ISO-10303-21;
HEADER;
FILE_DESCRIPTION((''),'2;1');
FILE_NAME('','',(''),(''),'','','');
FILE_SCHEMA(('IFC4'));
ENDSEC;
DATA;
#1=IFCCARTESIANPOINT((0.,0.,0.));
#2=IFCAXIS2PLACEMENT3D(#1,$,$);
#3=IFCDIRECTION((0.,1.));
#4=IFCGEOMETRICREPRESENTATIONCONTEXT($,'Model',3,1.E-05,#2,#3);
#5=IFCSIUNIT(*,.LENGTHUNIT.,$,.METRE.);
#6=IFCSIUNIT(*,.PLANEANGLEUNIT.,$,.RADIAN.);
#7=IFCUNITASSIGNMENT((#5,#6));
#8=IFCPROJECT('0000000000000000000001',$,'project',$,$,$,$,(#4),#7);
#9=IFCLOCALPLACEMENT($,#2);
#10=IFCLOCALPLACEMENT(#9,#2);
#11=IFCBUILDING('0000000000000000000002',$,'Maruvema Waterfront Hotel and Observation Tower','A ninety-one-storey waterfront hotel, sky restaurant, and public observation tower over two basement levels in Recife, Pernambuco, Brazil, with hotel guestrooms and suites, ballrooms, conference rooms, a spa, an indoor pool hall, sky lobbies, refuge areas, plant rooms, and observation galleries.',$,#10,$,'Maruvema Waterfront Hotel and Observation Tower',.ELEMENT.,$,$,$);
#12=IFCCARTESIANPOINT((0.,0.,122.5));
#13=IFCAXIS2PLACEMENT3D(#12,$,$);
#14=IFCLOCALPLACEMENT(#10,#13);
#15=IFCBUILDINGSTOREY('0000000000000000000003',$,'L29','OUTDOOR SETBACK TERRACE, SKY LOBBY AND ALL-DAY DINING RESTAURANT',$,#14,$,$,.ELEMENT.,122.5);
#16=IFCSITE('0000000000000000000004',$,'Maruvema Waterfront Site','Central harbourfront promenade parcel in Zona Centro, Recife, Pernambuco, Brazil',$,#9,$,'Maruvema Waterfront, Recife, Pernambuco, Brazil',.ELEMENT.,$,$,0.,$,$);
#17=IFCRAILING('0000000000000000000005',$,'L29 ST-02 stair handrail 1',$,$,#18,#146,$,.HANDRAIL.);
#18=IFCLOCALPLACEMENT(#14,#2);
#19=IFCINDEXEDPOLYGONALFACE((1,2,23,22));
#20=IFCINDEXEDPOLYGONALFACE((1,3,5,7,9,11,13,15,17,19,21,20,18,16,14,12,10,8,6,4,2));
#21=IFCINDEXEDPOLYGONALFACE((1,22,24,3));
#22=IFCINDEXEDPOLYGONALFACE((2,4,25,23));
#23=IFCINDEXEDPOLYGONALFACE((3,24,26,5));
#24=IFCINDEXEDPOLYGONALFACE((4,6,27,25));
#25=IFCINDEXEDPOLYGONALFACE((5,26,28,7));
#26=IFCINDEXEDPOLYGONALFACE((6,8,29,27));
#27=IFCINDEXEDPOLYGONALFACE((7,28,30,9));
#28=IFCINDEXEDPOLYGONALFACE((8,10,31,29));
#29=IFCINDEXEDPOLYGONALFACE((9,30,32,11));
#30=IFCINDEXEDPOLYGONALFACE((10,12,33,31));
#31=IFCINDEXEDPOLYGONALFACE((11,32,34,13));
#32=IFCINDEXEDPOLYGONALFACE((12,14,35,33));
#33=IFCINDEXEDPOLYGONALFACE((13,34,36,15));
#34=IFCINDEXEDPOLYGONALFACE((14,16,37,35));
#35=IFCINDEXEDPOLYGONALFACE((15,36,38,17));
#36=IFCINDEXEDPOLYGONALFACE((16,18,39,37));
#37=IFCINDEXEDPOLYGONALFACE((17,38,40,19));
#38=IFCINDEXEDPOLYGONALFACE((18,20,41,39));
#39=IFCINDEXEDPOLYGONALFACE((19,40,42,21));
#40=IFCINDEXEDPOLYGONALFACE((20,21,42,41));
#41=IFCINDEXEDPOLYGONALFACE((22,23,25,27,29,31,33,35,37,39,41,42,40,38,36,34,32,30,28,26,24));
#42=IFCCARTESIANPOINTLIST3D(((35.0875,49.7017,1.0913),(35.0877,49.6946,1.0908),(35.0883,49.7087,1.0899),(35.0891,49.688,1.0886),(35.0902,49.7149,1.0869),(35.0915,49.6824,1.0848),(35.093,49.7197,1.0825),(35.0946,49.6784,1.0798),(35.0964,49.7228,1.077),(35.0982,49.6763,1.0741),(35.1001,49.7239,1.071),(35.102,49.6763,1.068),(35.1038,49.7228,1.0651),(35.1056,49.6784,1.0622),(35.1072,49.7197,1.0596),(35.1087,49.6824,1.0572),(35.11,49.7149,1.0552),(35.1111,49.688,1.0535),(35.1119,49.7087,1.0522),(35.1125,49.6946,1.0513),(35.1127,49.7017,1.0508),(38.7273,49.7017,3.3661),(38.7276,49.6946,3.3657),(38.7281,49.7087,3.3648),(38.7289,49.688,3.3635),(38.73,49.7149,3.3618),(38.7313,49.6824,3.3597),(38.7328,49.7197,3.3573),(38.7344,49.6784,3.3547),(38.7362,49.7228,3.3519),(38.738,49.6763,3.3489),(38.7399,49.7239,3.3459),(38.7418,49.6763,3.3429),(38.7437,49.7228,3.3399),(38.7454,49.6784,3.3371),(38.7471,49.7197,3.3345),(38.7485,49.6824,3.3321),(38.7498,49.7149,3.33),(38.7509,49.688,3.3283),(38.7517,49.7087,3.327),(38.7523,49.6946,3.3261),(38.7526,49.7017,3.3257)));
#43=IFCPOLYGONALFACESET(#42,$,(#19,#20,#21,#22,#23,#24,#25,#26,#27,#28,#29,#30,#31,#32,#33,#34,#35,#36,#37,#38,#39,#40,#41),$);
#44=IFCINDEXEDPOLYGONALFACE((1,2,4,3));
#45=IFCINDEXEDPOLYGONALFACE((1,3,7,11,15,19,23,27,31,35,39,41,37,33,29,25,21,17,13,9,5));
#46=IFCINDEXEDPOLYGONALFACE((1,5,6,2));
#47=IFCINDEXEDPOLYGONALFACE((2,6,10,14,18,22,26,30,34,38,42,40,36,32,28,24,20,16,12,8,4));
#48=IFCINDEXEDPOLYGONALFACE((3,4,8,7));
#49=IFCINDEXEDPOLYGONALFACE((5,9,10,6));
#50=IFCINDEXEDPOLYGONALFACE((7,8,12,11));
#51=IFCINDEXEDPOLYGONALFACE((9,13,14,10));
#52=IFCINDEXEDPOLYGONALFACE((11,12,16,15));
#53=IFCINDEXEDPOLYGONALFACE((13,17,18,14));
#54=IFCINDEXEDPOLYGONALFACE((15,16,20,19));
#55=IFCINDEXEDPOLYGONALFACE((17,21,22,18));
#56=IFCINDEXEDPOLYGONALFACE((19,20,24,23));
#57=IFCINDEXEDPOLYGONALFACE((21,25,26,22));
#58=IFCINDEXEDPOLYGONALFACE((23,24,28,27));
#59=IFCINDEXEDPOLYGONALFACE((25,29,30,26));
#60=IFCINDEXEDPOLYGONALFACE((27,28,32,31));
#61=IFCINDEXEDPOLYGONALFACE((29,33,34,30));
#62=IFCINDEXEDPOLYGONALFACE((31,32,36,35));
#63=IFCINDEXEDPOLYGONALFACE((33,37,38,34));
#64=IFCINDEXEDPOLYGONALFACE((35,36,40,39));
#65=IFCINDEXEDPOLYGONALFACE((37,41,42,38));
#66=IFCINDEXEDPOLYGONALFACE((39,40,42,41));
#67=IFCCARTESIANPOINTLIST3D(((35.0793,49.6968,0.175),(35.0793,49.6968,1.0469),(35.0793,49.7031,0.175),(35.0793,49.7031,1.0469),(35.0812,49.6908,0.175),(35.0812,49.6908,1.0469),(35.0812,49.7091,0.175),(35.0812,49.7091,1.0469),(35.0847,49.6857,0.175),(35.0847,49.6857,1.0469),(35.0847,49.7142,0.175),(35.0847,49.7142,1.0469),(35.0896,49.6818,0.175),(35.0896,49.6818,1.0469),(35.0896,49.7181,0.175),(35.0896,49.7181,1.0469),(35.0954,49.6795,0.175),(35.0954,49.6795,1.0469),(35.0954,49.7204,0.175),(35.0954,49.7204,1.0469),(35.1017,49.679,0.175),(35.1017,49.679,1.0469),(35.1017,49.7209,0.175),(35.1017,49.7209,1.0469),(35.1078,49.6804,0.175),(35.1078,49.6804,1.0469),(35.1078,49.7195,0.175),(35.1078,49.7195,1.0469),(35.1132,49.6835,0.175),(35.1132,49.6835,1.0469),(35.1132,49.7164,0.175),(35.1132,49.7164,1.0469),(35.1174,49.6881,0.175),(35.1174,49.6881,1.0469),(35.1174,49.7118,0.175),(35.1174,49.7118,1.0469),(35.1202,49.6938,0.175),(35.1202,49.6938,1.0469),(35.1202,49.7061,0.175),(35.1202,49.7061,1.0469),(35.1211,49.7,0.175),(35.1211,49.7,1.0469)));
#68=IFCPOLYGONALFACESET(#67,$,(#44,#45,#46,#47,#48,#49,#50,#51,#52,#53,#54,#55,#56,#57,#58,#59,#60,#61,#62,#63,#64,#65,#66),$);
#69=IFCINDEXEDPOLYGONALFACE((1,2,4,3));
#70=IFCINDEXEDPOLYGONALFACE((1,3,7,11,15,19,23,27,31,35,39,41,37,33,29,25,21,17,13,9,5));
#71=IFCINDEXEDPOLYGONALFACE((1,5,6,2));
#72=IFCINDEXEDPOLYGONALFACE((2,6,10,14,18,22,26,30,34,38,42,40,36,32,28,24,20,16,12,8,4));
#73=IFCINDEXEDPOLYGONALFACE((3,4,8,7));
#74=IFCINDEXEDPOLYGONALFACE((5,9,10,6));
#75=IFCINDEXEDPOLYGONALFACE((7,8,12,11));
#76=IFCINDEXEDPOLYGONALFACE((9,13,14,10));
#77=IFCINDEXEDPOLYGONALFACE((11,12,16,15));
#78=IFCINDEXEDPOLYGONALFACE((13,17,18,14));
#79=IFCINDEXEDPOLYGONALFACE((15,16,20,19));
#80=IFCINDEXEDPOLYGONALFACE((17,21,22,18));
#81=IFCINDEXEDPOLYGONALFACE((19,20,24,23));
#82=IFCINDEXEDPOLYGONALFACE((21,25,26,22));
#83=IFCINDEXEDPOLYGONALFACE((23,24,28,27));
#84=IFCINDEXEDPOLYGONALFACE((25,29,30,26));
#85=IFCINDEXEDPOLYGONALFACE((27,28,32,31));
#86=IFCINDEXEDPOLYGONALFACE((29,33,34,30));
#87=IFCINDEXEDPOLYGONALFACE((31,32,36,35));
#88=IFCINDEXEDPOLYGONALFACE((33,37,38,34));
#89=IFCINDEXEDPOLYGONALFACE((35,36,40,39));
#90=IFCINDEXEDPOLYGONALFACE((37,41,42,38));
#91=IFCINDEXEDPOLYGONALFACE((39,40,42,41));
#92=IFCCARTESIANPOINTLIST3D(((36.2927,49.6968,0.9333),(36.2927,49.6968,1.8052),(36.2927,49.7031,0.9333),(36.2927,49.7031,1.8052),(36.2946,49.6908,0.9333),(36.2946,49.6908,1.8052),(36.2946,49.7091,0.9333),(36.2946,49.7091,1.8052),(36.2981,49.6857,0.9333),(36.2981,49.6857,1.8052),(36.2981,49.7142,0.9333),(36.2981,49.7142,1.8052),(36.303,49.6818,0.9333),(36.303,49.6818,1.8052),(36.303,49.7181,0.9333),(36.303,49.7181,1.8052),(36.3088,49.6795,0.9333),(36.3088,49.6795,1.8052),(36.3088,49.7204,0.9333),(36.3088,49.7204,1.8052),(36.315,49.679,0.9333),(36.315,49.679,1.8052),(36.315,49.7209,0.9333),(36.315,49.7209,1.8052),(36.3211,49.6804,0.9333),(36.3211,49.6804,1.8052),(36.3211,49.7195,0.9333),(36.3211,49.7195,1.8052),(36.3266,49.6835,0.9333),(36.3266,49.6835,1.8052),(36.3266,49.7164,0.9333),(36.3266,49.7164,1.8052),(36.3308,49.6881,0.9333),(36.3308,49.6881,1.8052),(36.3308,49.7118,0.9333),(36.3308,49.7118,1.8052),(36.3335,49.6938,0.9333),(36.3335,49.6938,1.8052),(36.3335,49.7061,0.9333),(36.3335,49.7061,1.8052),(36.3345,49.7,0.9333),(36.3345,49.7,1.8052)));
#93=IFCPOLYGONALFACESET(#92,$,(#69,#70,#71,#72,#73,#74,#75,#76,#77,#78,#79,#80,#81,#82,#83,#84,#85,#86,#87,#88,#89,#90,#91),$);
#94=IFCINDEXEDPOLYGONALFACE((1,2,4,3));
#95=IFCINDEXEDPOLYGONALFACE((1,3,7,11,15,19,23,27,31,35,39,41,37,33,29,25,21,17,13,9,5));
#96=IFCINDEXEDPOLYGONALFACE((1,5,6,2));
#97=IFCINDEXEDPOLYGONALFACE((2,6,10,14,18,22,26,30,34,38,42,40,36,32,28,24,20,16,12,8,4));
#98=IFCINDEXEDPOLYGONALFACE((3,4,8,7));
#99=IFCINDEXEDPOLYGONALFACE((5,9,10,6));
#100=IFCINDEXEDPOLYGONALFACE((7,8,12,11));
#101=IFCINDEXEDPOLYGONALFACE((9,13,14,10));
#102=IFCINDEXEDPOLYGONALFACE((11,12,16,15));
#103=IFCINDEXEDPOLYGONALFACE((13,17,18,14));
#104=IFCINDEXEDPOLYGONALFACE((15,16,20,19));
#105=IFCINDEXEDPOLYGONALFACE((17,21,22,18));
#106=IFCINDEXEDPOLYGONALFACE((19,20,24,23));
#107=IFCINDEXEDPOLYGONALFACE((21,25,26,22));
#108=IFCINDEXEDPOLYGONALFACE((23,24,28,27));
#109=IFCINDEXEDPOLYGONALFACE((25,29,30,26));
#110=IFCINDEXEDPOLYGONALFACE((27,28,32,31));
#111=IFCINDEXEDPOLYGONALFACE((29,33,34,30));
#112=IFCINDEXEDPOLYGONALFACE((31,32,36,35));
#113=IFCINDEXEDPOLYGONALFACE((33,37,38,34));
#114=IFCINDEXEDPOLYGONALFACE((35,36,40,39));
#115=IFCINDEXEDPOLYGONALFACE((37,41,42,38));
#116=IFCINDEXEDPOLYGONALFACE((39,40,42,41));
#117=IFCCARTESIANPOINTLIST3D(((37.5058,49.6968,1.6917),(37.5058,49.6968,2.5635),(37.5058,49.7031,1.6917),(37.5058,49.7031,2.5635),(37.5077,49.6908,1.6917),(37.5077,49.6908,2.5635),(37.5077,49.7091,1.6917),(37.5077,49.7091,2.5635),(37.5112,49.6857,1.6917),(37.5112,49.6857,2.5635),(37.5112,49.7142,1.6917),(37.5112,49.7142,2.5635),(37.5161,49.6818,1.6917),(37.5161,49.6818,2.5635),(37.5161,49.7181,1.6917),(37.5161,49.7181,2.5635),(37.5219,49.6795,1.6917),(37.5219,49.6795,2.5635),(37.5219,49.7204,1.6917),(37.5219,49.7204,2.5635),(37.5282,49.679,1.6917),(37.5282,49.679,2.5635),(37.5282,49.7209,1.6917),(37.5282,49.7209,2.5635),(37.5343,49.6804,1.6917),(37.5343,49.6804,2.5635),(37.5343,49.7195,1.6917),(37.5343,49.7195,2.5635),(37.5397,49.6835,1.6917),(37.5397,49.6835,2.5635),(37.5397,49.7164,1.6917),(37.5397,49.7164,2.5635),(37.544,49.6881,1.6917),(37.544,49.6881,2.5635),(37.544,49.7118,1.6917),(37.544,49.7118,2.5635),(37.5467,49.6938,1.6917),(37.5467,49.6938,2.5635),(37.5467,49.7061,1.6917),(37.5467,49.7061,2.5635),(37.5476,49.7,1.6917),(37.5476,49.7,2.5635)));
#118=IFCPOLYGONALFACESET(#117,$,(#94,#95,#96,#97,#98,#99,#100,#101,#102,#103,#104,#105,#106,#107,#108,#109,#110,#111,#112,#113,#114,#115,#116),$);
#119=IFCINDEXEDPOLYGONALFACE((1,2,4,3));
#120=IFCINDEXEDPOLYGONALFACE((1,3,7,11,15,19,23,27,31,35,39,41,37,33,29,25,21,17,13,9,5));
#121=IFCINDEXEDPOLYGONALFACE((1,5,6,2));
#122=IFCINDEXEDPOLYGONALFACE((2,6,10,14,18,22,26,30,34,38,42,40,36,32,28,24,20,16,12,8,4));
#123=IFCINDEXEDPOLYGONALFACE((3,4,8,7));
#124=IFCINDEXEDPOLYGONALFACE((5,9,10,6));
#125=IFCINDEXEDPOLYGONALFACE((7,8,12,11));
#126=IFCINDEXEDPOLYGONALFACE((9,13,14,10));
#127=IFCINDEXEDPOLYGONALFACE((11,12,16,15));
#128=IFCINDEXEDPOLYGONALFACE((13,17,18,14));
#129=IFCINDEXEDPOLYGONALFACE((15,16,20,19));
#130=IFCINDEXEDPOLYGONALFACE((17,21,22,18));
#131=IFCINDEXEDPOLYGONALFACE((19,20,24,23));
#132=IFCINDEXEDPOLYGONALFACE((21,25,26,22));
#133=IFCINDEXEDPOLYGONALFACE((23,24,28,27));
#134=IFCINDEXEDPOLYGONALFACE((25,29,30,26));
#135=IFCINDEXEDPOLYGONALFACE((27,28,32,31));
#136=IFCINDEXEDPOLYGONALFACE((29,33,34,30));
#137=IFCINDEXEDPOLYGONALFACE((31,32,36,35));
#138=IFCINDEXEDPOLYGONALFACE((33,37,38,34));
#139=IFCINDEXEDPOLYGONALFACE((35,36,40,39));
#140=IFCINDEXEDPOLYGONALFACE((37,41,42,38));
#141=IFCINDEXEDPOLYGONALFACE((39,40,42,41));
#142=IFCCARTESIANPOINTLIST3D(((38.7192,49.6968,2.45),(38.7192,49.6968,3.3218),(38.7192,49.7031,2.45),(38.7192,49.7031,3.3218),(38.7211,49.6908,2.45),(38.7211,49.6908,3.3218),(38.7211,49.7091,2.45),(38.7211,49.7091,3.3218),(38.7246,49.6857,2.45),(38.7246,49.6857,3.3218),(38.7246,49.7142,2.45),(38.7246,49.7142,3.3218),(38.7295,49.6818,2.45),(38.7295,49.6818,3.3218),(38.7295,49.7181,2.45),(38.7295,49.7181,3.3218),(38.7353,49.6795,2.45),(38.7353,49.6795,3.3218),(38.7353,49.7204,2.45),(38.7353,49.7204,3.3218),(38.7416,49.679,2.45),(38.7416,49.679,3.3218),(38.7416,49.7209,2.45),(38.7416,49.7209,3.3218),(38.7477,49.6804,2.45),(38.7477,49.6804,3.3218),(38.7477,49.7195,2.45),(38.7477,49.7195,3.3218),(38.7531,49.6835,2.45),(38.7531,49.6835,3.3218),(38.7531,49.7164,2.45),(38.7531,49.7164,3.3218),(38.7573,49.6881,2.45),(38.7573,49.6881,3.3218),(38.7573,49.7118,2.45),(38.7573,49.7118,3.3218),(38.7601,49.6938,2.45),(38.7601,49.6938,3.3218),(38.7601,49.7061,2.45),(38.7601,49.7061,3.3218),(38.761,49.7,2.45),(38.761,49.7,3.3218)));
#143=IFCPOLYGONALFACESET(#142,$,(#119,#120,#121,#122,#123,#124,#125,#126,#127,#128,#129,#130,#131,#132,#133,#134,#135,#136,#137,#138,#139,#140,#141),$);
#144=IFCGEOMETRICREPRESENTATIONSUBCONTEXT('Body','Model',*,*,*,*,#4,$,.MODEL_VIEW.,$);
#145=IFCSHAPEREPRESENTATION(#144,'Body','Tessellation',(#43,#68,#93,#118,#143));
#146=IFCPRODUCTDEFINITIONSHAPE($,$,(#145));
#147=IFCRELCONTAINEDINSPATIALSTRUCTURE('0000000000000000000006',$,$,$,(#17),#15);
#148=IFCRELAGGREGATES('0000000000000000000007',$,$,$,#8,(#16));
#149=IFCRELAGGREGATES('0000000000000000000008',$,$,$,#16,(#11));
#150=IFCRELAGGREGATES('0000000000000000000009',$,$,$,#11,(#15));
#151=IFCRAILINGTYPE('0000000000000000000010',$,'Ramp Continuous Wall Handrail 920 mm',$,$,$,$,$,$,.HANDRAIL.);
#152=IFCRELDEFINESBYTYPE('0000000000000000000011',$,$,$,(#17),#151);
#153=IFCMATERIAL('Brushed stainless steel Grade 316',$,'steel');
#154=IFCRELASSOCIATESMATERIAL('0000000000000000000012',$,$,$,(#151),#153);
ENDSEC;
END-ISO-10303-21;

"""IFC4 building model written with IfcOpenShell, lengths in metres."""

from ifc_helpers import new_model, si_unit, direction, frame, origin, origin_2d, place, context, subcontext, project, spatial, circle, extrude, material, type_object, element, save


model = new_model("IFC4")

# Units and contexts
model_context = context("Model", 3, precision=1e-05, world=origin(), true_north=direction((0.0, 1.0)))
body_context = subcontext(model_context, "Body", "Model", "MODEL_VIEW")
ifc_project = project(units=[si_unit("LENGTHUNIT", "METRE"), si_unit("PLANEANGLEUNIT", "RADIAN")], contexts=[model_context])

# Site, building, storey
site_placement = place(None, origin())
site = spatial("IfcSite", under=ifc_project, at=site_placement, Name="Maruvema Waterfront Site", Description="Central harbourfront promenade parcel in Zona Centro, Recife, Pernambuco, Brazil", LongName="Maruvema Waterfront, Recife, Pernambuco, Brazil", CompositionType="ELEMENT", RefElevation=0.0)
building_placement = place(site_placement, origin())
building = spatial("IfcBuilding", under=site, at=building_placement, Name="Maruvema Waterfront Hotel and Observation Tower", Description="A ninety-one-storey waterfront hotel, sky restaurant, and public observation tower over two basement levels in Recife, Pernambuco, Brazil, with hotel guestrooms and suites, ballrooms, conference rooms, a spa, an indoor pool hall, sky lobbies, refuge areas, plant rooms, and observation galleries.", LongName="Maruvema Waterfront Hotel and Observation Tower", CompositionType="ELEMENT")
storey_placement = place(building_placement, frame((0.0, 0.0, 122.5)))
storey = spatial("IfcBuildingStorey", under=building, at=storey_placement, Name="L29", Description="OUTDOOR SETBACK TERRACE, SKY LOBBY AND ALL-DAY DINING RESTAURANT", CompositionType="ELEMENT", Elevation=122.5)

# Railing
ifc_material_1 = material(Name="Brushed stainless steel Grade 316", Category="steel")
railing_type_1 = type_object("IfcRailingType", Name="Ramp Continuous Wall Handrail 920 mm", PredefinedType="HANDRAIL", material=ifc_material_1)
railing_1_placement = place(storey_placement, frame((35.1001, 49.7, 0.175)))
element("IfcRailing", 1, at=railing_1_placement, inside=storey, type_object=railing_type_1, Name="L29 ST-02 stair handrail 1", PredefinedType="HANDRAIL", context=body_context, shape_type="SweptSolid", body=[
    extrude(circle(Radius=0.0239, at=origin_2d()), frame((0.0, 0.0, 0.896), z_axis=(0.848001, 0.0, 0.529994), x_axis=(0.0, 1.0, 0.0)), (0.0, 0.0, 1.0), 4.2922),
    extrude(circle(Radius=0.021, at=origin_2d()), origin(), (0.0, 0.0, 1.0), 0.8718),
    extrude(circle(Radius=0.021, at=origin_2d()), frame((1.2134, 0.0, 0.7583)), (0.0, 0.0, 1.0), 0.8718),
    extrude(circle(Radius=0.021, at=origin_2d()), frame((2.4265, 0.0, 1.5166)), (0.0, 0.0, 1.0), 0.8718),
    extrude(circle(Radius=0.021, at=origin_2d()), frame((3.6399, 0.0, 2.2749)), (0.0, 0.0, 1.0), 0.8718),
])

save(model, "model.ifc")
